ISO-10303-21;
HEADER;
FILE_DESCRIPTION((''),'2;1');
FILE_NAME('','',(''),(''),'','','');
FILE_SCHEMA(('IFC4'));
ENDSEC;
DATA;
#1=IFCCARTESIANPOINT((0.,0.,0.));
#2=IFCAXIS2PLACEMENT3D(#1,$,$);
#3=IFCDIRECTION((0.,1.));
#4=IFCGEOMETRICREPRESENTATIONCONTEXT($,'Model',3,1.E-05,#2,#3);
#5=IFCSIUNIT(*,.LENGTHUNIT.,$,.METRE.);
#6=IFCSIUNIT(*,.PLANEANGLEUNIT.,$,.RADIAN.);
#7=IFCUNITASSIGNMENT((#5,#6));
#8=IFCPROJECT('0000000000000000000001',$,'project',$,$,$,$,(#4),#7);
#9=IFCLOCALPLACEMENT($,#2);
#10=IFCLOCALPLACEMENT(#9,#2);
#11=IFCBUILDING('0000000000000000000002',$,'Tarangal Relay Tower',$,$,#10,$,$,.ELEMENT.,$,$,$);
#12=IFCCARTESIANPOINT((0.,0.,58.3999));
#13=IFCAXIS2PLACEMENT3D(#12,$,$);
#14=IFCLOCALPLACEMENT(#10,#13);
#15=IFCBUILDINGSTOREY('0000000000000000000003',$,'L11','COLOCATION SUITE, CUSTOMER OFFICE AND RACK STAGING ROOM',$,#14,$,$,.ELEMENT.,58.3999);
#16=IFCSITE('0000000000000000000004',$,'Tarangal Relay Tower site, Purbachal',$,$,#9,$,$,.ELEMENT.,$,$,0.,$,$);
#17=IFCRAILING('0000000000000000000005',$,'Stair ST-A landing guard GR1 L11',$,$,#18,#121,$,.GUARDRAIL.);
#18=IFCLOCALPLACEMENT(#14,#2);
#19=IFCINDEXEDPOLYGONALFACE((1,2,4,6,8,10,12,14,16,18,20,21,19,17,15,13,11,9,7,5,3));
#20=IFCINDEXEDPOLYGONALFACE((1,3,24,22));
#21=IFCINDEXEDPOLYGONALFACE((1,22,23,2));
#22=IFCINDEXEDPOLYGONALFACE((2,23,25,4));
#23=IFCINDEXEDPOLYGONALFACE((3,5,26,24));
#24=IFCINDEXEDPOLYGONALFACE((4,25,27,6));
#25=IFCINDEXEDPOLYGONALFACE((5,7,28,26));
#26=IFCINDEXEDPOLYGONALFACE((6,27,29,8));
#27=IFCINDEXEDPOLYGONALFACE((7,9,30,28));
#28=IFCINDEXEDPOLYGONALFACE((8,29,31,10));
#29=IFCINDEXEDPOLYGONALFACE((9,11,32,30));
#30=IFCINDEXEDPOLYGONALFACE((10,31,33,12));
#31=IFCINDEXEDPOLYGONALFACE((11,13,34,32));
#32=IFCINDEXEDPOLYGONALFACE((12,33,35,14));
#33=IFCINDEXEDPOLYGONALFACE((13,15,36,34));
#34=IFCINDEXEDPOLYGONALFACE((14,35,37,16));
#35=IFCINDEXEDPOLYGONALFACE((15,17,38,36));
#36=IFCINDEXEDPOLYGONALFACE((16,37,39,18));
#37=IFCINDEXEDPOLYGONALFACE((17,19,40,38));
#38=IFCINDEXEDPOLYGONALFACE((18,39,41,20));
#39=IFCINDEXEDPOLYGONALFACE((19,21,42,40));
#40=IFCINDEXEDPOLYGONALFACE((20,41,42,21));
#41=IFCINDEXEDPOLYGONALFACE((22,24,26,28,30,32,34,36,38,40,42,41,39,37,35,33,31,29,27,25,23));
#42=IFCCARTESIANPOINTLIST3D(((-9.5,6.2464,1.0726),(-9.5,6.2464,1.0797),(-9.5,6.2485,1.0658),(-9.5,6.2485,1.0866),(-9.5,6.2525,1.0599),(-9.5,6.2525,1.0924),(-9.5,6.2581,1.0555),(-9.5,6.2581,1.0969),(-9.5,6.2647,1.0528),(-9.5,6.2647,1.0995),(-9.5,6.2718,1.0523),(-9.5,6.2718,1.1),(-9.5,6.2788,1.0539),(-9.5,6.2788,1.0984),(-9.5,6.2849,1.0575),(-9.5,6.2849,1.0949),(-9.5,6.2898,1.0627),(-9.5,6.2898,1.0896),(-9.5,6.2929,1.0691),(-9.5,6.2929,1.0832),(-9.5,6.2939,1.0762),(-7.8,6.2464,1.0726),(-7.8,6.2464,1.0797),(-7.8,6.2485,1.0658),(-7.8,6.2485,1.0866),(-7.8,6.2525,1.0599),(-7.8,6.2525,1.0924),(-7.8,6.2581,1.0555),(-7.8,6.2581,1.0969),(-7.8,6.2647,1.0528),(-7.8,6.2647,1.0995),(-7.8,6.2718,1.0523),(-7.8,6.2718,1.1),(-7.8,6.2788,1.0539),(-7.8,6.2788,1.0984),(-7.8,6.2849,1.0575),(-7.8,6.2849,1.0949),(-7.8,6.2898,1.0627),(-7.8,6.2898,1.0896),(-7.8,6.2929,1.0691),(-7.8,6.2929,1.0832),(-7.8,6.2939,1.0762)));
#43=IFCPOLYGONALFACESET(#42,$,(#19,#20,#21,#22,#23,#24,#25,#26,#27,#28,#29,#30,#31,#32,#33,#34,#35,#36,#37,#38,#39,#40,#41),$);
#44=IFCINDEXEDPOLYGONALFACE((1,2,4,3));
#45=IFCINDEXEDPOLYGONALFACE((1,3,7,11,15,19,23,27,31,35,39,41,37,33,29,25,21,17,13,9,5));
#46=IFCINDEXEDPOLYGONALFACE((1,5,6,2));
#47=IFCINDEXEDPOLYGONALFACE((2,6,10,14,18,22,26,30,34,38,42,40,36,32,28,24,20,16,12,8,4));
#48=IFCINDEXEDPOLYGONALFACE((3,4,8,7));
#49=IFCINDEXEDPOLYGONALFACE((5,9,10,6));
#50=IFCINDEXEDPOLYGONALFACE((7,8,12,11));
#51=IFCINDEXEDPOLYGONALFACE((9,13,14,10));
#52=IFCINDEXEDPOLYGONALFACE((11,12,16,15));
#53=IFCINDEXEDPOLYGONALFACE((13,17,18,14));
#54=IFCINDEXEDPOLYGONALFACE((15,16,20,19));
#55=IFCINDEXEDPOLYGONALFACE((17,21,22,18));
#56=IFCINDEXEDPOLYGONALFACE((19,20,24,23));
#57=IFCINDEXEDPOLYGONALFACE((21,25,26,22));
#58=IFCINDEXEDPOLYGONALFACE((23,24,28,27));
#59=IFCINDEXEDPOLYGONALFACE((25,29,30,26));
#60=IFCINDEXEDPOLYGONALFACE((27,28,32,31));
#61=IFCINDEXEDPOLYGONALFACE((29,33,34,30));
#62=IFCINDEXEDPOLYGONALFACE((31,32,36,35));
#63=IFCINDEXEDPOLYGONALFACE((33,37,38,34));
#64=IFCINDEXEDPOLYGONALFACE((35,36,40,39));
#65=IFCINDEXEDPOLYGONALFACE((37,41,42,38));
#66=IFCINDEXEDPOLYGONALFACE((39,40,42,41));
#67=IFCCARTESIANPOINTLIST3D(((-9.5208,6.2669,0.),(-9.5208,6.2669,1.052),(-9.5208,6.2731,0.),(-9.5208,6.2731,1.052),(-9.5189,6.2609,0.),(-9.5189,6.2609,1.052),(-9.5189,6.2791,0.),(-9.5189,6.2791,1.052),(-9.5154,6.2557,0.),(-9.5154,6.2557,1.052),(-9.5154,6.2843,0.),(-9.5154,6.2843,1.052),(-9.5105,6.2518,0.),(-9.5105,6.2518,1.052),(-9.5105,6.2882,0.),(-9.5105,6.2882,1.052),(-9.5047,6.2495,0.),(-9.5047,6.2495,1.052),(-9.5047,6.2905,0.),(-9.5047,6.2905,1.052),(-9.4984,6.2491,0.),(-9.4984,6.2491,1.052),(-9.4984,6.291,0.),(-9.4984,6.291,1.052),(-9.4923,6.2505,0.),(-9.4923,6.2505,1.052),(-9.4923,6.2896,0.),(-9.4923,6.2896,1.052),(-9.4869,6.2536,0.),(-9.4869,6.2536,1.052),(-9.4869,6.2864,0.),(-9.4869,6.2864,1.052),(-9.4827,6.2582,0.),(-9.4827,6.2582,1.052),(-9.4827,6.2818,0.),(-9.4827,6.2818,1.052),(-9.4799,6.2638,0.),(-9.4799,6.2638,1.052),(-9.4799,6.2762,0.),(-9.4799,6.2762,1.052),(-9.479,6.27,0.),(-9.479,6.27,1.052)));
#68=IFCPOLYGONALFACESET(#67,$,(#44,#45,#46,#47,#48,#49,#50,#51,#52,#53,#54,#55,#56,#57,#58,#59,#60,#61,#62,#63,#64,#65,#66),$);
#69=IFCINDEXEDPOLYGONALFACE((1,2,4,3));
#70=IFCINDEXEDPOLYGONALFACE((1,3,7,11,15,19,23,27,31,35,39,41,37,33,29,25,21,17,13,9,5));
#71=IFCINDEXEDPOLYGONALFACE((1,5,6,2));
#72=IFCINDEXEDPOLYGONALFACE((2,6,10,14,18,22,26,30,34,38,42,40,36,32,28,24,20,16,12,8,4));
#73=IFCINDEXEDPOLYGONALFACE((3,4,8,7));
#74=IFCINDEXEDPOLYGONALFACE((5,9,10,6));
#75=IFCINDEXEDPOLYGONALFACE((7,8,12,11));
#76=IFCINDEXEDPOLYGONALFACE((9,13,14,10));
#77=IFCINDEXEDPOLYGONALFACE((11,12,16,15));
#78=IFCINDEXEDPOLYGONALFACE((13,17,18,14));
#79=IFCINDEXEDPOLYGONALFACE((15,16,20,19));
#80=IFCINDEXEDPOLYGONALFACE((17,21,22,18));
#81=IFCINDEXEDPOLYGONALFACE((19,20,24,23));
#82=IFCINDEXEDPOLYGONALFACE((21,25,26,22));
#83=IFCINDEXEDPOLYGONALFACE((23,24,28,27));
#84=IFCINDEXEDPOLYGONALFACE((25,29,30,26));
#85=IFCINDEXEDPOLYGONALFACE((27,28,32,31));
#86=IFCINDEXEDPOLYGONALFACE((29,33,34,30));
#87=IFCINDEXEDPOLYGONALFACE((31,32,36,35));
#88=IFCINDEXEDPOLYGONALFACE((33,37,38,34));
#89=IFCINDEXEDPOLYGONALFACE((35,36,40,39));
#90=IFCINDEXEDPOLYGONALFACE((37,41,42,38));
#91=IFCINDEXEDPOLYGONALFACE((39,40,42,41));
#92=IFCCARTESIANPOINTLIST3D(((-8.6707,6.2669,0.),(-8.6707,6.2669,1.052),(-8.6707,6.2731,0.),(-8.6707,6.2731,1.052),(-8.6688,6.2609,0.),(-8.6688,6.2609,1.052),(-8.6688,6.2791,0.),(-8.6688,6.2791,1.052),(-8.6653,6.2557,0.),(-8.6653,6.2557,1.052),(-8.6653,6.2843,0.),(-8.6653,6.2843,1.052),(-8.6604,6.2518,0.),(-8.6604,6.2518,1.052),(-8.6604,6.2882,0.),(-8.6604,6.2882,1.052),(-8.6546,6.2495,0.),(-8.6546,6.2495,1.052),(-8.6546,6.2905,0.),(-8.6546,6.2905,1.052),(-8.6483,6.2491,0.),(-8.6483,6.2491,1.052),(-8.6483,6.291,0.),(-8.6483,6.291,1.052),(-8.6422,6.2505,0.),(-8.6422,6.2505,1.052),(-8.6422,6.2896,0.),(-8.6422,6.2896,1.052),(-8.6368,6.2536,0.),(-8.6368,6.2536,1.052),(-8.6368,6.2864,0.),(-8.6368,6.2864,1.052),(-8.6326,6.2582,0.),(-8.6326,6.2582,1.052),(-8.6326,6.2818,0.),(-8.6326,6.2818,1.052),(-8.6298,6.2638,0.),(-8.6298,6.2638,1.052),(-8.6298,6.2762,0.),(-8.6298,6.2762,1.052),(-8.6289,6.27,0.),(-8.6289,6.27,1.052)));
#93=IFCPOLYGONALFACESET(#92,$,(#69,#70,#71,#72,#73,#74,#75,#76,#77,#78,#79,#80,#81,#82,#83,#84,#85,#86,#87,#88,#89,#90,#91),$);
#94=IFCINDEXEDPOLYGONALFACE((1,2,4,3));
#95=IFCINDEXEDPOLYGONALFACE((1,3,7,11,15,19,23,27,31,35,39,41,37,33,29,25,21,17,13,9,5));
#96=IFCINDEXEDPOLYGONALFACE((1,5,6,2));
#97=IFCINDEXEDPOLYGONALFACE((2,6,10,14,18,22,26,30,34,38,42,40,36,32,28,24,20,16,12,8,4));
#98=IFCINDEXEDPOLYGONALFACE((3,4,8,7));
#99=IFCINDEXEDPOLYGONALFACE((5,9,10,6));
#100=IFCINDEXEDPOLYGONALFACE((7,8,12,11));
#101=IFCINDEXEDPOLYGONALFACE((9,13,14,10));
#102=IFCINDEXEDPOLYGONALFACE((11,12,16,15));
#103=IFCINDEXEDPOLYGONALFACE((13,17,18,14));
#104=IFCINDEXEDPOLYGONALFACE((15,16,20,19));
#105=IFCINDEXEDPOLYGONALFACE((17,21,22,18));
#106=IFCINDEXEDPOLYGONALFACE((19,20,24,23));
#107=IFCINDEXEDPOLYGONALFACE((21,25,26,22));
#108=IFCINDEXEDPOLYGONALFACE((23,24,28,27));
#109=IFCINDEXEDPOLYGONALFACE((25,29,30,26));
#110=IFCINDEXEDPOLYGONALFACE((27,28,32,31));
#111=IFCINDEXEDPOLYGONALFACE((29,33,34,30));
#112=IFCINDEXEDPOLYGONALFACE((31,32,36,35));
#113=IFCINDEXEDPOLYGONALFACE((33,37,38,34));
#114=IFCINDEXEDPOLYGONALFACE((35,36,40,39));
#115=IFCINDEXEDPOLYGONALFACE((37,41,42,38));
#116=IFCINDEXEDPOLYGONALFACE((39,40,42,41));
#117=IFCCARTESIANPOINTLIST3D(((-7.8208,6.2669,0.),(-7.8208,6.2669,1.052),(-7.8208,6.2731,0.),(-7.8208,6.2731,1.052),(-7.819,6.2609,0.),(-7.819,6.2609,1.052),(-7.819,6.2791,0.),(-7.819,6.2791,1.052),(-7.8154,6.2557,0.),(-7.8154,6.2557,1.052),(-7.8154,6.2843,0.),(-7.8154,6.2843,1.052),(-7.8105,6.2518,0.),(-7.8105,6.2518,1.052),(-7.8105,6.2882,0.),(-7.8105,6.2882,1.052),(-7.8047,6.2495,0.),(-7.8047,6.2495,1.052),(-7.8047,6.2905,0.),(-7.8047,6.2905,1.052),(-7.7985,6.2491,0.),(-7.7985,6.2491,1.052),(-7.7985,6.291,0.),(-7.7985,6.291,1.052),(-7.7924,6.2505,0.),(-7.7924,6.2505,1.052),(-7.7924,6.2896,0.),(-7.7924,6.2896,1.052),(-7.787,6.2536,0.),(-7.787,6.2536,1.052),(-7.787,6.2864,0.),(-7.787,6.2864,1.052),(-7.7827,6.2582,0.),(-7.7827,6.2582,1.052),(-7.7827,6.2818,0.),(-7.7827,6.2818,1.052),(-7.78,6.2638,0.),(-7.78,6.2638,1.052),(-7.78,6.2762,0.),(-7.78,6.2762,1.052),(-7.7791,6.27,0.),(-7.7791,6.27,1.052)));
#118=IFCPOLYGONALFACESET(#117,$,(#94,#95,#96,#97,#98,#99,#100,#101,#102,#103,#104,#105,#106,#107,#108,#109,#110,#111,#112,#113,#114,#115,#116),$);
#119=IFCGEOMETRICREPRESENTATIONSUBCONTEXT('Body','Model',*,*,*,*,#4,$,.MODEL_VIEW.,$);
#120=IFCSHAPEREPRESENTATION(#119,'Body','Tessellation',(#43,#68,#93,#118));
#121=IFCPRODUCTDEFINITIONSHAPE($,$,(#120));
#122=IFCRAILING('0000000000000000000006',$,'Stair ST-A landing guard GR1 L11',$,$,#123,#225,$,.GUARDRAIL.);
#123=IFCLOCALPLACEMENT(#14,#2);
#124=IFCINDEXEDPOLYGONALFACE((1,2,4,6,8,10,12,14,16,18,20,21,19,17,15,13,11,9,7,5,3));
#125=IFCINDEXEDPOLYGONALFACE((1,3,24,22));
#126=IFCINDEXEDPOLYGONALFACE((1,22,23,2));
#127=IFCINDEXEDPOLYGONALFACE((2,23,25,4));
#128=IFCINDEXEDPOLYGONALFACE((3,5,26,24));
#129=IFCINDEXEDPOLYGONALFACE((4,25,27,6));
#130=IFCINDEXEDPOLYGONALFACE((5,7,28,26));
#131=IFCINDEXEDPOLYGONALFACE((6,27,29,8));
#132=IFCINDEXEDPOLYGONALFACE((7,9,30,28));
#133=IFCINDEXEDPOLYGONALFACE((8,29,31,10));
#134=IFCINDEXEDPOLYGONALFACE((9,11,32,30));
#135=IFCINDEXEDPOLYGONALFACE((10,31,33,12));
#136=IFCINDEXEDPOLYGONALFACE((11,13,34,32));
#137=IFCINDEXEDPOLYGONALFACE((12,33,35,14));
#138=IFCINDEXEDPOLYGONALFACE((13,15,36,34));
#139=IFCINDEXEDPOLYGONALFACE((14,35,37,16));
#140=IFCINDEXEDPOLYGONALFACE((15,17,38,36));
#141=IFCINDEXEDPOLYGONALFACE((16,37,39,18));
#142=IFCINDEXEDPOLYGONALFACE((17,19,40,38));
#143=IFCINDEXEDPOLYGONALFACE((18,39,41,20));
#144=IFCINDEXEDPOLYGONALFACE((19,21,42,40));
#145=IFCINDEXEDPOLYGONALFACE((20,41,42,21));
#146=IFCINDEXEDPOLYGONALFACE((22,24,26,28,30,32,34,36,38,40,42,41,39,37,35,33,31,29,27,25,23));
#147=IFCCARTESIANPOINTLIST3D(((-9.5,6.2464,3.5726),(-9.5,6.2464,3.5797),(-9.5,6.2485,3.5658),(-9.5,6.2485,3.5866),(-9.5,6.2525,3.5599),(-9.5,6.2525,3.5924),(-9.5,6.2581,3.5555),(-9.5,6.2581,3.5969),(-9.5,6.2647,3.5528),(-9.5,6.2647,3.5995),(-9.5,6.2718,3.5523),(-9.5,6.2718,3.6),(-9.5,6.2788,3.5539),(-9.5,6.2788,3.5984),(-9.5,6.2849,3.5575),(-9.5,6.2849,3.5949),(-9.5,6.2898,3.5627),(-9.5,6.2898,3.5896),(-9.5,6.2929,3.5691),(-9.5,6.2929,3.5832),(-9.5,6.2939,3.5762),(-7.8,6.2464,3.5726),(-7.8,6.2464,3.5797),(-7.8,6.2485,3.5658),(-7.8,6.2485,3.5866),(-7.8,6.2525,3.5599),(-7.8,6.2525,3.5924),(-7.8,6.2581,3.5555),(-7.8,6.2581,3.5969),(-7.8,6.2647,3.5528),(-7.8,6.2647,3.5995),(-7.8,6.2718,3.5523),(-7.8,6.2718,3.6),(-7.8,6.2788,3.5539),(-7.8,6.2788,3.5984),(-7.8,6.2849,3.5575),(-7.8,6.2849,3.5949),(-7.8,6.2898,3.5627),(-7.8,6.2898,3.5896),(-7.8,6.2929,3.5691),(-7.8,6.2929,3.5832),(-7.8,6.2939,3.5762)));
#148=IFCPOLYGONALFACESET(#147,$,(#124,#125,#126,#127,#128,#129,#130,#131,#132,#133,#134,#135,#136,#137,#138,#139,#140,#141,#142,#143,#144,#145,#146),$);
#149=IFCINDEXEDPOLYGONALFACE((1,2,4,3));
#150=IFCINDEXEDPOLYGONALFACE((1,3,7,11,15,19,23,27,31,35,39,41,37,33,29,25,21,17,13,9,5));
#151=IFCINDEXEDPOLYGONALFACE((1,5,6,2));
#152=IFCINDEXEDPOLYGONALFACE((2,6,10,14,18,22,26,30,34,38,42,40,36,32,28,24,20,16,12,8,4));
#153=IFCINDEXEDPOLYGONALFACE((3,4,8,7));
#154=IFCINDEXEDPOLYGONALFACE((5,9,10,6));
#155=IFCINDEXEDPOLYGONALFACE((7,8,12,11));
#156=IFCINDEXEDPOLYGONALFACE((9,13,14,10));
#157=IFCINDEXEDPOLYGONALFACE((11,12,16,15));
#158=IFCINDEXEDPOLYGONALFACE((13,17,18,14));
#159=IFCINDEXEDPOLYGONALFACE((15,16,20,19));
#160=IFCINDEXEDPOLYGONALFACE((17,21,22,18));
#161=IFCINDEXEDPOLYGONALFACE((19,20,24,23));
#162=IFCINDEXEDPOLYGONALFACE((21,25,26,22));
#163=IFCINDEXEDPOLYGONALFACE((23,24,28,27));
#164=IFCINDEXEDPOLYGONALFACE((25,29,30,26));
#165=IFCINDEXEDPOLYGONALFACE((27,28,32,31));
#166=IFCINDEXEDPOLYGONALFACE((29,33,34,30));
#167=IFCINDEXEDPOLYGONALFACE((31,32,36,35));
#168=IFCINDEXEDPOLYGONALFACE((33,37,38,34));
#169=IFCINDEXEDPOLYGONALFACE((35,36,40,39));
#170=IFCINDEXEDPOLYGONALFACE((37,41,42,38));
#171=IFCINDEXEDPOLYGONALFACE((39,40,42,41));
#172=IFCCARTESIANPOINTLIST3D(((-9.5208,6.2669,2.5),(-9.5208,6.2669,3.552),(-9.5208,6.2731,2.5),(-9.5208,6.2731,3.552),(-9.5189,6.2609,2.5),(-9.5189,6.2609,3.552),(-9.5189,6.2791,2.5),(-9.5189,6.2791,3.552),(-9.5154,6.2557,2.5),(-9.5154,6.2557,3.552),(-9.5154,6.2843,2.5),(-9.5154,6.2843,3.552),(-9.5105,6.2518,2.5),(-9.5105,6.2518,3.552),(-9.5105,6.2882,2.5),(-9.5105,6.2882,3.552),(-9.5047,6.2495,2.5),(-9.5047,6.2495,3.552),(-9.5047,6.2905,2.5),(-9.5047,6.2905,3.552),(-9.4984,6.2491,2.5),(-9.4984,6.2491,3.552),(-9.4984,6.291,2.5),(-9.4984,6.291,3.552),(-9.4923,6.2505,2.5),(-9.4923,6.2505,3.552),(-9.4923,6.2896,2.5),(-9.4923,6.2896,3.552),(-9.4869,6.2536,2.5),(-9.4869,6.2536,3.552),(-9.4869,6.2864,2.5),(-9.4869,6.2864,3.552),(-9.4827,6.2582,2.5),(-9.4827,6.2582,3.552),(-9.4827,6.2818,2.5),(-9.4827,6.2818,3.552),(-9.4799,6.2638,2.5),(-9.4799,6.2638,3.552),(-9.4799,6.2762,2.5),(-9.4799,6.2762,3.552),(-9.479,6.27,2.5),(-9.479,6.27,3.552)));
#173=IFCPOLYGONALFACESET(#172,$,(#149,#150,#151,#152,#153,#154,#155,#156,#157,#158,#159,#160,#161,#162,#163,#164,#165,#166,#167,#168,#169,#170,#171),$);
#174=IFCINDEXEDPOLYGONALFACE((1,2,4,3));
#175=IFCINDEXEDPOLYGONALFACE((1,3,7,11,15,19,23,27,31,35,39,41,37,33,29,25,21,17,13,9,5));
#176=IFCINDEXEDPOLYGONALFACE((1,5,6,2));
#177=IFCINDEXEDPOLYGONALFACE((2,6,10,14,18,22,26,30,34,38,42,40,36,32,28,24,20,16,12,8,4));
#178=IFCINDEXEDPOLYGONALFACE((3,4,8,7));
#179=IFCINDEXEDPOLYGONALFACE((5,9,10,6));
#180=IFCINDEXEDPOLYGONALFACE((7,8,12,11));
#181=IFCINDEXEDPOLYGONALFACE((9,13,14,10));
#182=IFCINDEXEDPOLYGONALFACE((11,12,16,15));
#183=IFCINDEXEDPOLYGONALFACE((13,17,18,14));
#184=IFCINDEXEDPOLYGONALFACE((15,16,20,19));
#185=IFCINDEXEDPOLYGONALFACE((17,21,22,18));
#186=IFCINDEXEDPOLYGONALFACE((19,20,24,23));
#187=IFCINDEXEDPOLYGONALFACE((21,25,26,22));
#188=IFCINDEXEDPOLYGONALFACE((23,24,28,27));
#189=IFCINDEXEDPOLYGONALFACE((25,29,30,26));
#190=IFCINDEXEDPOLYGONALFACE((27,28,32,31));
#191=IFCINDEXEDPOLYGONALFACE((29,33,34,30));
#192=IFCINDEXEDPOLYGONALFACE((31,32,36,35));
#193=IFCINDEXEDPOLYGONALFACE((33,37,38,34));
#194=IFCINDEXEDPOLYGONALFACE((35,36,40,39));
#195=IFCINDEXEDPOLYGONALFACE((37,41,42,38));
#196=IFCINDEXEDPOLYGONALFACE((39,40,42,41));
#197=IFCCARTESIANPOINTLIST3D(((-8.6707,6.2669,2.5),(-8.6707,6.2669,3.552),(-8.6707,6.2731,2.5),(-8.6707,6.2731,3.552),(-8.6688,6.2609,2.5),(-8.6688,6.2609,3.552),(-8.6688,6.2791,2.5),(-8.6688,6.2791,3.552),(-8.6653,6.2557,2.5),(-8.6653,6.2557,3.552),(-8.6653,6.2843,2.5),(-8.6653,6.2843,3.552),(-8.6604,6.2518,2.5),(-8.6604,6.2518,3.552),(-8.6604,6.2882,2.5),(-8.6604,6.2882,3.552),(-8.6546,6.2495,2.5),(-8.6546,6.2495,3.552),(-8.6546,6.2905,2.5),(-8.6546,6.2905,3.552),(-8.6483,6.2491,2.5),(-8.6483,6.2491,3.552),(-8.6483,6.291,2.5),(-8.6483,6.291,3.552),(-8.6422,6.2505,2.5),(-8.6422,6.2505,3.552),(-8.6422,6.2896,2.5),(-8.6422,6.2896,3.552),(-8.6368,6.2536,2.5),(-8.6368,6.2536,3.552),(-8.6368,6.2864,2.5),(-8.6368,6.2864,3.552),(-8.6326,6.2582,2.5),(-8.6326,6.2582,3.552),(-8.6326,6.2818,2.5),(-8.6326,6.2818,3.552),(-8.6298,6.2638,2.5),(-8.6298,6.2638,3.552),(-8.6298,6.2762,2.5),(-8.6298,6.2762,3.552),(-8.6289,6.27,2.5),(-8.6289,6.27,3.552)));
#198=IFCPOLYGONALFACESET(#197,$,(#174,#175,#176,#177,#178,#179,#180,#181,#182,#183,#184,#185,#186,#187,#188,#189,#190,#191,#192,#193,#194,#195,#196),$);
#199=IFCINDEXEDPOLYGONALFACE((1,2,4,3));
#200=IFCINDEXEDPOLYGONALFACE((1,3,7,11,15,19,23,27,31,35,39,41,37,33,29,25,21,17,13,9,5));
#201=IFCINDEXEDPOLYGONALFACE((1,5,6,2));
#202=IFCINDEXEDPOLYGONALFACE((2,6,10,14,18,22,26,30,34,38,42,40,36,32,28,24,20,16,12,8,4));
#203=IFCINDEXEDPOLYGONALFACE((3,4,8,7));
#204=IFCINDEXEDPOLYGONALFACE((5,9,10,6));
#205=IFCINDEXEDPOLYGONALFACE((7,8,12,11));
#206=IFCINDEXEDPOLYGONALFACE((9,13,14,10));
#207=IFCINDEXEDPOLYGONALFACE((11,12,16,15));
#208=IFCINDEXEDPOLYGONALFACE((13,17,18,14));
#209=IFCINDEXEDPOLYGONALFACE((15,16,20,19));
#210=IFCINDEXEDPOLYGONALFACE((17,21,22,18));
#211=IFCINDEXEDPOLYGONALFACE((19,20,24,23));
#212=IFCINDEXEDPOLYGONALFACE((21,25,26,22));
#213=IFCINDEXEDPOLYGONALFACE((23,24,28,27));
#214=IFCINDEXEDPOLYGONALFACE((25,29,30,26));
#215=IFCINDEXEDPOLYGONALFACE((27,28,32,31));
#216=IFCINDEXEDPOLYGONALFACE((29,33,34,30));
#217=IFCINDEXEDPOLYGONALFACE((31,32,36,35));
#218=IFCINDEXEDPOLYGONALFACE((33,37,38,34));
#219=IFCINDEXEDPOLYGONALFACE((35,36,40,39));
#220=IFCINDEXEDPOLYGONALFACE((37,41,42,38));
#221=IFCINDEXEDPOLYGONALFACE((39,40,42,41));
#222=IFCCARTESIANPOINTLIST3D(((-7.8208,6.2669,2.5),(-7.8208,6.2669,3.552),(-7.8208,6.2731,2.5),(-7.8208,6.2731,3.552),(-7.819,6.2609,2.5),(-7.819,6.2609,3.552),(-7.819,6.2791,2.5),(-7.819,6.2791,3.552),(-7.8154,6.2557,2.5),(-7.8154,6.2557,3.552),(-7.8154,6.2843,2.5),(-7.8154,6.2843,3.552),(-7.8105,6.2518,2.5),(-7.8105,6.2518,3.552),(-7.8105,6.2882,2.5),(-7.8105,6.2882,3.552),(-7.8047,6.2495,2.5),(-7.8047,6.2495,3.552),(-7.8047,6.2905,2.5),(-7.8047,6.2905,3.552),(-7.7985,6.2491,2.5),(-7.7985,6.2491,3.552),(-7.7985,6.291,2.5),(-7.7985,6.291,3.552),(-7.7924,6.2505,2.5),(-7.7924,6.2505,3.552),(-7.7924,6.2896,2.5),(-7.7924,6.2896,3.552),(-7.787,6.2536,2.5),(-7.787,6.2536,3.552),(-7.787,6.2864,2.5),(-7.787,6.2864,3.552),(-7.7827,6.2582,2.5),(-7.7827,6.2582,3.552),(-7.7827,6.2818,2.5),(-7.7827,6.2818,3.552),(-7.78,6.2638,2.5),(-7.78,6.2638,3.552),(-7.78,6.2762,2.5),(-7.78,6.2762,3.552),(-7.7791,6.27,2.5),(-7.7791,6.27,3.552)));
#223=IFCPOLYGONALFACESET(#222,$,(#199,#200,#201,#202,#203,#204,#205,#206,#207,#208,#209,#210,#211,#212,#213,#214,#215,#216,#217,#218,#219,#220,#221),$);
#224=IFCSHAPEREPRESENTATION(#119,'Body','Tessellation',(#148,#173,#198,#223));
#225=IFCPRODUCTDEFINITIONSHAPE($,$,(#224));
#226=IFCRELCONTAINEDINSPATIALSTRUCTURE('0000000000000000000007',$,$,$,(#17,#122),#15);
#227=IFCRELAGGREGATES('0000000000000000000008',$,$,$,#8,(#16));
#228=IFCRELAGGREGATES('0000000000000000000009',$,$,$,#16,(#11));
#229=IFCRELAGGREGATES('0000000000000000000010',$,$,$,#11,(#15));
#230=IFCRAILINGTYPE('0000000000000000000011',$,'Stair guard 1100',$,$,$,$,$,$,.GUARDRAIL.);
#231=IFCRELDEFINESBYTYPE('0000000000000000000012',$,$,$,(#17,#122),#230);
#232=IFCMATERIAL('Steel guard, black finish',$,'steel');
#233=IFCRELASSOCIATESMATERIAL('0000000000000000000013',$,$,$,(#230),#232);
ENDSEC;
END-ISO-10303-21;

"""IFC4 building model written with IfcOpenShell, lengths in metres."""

from ifc_helpers import new_model, si_unit, direction, frame, origin, origin_2d, place, context, subcontext, project, spatial, circle, extrude, material, type_object, element, save


model = new_model("IFC4")

# Units and contexts
model_context = context("Model", 3, precision=1e-05, world=origin(), true_north=direction((0.0, 1.0)))
body_context = subcontext(model_context, "Body", "Model", "MODEL_VIEW")
ifc_project = project(units=[si_unit("LENGTHUNIT", "METRE"), si_unit("PLANEANGLEUNIT", "RADIAN")], contexts=[model_context])

# Site, building, storey
site_placement = place(None, origin())
site = spatial("IfcSite", under=ifc_project, at=site_placement, Name="Tarangal Relay Tower site, Purbachal", CompositionType="ELEMENT", RefElevation=0.0)
building_placement = place(site_placement, origin())
building = spatial("IfcBuilding", under=site, at=building_placement, Name="Tarangal Relay Tower", CompositionType="ELEMENT")
storey_placement = place(building_placement, frame((0.0, 0.0, 58.3999)))
storey = spatial("IfcBuildingStorey", under=building, at=storey_placement, Name="L11", Description="COLOCATION SUITE, CUSTOMER OFFICE AND RACK STAGING ROOM", CompositionType="ELEMENT", Elevation=58.3999)

# Railings
ifc_material_1 = material(Name="Steel guard, black finish", Category="steel")
railing_type = type_object("IfcRailingType", Name="Stair guard 1100", PredefinedType="GUARDRAIL", material=ifc_material_1)
for number, where, name in (
    (1, (-9.5, 6.27, 0.0), "Stair ST-A landing guard GR1 L11"),
    (2, (-9.5, 6.27, 2.5), "Stair ST-A landing guard GR1 L11"),
):
    element("IfcRailing", number, at=place(storey_placement, frame(where)), inside=storey, type_object=railing_type, Name=name, PredefinedType="GUARDRAIL", context=body_context, shape_type="SweptSolid", body=[
        extrude(circle(Radius=0.0239, at=origin_2d()), frame((0.0, 0.0, 1.0762), z_axis=(1.0, 0.0, 0.0), x_axis=(0.0, 1.0, 0.0)), (0.0, 0.0, 1.0), 1.7),
        extrude(circle(Radius=0.021, at=origin_2d()), origin(), (0.0, 0.0, 1.0), 1.052),
        extrude(circle(Radius=0.021, at=origin_2d()), frame((0.8501, 0.0, 0.0)), (0.0, 0.0, 1.0), 1.052),
        extrude(circle(Radius=0.021, at=origin_2d()), frame((1.7, 0.0, 0.0)), (0.0, 0.0, 1.0), 1.052),
    ])

save(model, "model.ifc")
